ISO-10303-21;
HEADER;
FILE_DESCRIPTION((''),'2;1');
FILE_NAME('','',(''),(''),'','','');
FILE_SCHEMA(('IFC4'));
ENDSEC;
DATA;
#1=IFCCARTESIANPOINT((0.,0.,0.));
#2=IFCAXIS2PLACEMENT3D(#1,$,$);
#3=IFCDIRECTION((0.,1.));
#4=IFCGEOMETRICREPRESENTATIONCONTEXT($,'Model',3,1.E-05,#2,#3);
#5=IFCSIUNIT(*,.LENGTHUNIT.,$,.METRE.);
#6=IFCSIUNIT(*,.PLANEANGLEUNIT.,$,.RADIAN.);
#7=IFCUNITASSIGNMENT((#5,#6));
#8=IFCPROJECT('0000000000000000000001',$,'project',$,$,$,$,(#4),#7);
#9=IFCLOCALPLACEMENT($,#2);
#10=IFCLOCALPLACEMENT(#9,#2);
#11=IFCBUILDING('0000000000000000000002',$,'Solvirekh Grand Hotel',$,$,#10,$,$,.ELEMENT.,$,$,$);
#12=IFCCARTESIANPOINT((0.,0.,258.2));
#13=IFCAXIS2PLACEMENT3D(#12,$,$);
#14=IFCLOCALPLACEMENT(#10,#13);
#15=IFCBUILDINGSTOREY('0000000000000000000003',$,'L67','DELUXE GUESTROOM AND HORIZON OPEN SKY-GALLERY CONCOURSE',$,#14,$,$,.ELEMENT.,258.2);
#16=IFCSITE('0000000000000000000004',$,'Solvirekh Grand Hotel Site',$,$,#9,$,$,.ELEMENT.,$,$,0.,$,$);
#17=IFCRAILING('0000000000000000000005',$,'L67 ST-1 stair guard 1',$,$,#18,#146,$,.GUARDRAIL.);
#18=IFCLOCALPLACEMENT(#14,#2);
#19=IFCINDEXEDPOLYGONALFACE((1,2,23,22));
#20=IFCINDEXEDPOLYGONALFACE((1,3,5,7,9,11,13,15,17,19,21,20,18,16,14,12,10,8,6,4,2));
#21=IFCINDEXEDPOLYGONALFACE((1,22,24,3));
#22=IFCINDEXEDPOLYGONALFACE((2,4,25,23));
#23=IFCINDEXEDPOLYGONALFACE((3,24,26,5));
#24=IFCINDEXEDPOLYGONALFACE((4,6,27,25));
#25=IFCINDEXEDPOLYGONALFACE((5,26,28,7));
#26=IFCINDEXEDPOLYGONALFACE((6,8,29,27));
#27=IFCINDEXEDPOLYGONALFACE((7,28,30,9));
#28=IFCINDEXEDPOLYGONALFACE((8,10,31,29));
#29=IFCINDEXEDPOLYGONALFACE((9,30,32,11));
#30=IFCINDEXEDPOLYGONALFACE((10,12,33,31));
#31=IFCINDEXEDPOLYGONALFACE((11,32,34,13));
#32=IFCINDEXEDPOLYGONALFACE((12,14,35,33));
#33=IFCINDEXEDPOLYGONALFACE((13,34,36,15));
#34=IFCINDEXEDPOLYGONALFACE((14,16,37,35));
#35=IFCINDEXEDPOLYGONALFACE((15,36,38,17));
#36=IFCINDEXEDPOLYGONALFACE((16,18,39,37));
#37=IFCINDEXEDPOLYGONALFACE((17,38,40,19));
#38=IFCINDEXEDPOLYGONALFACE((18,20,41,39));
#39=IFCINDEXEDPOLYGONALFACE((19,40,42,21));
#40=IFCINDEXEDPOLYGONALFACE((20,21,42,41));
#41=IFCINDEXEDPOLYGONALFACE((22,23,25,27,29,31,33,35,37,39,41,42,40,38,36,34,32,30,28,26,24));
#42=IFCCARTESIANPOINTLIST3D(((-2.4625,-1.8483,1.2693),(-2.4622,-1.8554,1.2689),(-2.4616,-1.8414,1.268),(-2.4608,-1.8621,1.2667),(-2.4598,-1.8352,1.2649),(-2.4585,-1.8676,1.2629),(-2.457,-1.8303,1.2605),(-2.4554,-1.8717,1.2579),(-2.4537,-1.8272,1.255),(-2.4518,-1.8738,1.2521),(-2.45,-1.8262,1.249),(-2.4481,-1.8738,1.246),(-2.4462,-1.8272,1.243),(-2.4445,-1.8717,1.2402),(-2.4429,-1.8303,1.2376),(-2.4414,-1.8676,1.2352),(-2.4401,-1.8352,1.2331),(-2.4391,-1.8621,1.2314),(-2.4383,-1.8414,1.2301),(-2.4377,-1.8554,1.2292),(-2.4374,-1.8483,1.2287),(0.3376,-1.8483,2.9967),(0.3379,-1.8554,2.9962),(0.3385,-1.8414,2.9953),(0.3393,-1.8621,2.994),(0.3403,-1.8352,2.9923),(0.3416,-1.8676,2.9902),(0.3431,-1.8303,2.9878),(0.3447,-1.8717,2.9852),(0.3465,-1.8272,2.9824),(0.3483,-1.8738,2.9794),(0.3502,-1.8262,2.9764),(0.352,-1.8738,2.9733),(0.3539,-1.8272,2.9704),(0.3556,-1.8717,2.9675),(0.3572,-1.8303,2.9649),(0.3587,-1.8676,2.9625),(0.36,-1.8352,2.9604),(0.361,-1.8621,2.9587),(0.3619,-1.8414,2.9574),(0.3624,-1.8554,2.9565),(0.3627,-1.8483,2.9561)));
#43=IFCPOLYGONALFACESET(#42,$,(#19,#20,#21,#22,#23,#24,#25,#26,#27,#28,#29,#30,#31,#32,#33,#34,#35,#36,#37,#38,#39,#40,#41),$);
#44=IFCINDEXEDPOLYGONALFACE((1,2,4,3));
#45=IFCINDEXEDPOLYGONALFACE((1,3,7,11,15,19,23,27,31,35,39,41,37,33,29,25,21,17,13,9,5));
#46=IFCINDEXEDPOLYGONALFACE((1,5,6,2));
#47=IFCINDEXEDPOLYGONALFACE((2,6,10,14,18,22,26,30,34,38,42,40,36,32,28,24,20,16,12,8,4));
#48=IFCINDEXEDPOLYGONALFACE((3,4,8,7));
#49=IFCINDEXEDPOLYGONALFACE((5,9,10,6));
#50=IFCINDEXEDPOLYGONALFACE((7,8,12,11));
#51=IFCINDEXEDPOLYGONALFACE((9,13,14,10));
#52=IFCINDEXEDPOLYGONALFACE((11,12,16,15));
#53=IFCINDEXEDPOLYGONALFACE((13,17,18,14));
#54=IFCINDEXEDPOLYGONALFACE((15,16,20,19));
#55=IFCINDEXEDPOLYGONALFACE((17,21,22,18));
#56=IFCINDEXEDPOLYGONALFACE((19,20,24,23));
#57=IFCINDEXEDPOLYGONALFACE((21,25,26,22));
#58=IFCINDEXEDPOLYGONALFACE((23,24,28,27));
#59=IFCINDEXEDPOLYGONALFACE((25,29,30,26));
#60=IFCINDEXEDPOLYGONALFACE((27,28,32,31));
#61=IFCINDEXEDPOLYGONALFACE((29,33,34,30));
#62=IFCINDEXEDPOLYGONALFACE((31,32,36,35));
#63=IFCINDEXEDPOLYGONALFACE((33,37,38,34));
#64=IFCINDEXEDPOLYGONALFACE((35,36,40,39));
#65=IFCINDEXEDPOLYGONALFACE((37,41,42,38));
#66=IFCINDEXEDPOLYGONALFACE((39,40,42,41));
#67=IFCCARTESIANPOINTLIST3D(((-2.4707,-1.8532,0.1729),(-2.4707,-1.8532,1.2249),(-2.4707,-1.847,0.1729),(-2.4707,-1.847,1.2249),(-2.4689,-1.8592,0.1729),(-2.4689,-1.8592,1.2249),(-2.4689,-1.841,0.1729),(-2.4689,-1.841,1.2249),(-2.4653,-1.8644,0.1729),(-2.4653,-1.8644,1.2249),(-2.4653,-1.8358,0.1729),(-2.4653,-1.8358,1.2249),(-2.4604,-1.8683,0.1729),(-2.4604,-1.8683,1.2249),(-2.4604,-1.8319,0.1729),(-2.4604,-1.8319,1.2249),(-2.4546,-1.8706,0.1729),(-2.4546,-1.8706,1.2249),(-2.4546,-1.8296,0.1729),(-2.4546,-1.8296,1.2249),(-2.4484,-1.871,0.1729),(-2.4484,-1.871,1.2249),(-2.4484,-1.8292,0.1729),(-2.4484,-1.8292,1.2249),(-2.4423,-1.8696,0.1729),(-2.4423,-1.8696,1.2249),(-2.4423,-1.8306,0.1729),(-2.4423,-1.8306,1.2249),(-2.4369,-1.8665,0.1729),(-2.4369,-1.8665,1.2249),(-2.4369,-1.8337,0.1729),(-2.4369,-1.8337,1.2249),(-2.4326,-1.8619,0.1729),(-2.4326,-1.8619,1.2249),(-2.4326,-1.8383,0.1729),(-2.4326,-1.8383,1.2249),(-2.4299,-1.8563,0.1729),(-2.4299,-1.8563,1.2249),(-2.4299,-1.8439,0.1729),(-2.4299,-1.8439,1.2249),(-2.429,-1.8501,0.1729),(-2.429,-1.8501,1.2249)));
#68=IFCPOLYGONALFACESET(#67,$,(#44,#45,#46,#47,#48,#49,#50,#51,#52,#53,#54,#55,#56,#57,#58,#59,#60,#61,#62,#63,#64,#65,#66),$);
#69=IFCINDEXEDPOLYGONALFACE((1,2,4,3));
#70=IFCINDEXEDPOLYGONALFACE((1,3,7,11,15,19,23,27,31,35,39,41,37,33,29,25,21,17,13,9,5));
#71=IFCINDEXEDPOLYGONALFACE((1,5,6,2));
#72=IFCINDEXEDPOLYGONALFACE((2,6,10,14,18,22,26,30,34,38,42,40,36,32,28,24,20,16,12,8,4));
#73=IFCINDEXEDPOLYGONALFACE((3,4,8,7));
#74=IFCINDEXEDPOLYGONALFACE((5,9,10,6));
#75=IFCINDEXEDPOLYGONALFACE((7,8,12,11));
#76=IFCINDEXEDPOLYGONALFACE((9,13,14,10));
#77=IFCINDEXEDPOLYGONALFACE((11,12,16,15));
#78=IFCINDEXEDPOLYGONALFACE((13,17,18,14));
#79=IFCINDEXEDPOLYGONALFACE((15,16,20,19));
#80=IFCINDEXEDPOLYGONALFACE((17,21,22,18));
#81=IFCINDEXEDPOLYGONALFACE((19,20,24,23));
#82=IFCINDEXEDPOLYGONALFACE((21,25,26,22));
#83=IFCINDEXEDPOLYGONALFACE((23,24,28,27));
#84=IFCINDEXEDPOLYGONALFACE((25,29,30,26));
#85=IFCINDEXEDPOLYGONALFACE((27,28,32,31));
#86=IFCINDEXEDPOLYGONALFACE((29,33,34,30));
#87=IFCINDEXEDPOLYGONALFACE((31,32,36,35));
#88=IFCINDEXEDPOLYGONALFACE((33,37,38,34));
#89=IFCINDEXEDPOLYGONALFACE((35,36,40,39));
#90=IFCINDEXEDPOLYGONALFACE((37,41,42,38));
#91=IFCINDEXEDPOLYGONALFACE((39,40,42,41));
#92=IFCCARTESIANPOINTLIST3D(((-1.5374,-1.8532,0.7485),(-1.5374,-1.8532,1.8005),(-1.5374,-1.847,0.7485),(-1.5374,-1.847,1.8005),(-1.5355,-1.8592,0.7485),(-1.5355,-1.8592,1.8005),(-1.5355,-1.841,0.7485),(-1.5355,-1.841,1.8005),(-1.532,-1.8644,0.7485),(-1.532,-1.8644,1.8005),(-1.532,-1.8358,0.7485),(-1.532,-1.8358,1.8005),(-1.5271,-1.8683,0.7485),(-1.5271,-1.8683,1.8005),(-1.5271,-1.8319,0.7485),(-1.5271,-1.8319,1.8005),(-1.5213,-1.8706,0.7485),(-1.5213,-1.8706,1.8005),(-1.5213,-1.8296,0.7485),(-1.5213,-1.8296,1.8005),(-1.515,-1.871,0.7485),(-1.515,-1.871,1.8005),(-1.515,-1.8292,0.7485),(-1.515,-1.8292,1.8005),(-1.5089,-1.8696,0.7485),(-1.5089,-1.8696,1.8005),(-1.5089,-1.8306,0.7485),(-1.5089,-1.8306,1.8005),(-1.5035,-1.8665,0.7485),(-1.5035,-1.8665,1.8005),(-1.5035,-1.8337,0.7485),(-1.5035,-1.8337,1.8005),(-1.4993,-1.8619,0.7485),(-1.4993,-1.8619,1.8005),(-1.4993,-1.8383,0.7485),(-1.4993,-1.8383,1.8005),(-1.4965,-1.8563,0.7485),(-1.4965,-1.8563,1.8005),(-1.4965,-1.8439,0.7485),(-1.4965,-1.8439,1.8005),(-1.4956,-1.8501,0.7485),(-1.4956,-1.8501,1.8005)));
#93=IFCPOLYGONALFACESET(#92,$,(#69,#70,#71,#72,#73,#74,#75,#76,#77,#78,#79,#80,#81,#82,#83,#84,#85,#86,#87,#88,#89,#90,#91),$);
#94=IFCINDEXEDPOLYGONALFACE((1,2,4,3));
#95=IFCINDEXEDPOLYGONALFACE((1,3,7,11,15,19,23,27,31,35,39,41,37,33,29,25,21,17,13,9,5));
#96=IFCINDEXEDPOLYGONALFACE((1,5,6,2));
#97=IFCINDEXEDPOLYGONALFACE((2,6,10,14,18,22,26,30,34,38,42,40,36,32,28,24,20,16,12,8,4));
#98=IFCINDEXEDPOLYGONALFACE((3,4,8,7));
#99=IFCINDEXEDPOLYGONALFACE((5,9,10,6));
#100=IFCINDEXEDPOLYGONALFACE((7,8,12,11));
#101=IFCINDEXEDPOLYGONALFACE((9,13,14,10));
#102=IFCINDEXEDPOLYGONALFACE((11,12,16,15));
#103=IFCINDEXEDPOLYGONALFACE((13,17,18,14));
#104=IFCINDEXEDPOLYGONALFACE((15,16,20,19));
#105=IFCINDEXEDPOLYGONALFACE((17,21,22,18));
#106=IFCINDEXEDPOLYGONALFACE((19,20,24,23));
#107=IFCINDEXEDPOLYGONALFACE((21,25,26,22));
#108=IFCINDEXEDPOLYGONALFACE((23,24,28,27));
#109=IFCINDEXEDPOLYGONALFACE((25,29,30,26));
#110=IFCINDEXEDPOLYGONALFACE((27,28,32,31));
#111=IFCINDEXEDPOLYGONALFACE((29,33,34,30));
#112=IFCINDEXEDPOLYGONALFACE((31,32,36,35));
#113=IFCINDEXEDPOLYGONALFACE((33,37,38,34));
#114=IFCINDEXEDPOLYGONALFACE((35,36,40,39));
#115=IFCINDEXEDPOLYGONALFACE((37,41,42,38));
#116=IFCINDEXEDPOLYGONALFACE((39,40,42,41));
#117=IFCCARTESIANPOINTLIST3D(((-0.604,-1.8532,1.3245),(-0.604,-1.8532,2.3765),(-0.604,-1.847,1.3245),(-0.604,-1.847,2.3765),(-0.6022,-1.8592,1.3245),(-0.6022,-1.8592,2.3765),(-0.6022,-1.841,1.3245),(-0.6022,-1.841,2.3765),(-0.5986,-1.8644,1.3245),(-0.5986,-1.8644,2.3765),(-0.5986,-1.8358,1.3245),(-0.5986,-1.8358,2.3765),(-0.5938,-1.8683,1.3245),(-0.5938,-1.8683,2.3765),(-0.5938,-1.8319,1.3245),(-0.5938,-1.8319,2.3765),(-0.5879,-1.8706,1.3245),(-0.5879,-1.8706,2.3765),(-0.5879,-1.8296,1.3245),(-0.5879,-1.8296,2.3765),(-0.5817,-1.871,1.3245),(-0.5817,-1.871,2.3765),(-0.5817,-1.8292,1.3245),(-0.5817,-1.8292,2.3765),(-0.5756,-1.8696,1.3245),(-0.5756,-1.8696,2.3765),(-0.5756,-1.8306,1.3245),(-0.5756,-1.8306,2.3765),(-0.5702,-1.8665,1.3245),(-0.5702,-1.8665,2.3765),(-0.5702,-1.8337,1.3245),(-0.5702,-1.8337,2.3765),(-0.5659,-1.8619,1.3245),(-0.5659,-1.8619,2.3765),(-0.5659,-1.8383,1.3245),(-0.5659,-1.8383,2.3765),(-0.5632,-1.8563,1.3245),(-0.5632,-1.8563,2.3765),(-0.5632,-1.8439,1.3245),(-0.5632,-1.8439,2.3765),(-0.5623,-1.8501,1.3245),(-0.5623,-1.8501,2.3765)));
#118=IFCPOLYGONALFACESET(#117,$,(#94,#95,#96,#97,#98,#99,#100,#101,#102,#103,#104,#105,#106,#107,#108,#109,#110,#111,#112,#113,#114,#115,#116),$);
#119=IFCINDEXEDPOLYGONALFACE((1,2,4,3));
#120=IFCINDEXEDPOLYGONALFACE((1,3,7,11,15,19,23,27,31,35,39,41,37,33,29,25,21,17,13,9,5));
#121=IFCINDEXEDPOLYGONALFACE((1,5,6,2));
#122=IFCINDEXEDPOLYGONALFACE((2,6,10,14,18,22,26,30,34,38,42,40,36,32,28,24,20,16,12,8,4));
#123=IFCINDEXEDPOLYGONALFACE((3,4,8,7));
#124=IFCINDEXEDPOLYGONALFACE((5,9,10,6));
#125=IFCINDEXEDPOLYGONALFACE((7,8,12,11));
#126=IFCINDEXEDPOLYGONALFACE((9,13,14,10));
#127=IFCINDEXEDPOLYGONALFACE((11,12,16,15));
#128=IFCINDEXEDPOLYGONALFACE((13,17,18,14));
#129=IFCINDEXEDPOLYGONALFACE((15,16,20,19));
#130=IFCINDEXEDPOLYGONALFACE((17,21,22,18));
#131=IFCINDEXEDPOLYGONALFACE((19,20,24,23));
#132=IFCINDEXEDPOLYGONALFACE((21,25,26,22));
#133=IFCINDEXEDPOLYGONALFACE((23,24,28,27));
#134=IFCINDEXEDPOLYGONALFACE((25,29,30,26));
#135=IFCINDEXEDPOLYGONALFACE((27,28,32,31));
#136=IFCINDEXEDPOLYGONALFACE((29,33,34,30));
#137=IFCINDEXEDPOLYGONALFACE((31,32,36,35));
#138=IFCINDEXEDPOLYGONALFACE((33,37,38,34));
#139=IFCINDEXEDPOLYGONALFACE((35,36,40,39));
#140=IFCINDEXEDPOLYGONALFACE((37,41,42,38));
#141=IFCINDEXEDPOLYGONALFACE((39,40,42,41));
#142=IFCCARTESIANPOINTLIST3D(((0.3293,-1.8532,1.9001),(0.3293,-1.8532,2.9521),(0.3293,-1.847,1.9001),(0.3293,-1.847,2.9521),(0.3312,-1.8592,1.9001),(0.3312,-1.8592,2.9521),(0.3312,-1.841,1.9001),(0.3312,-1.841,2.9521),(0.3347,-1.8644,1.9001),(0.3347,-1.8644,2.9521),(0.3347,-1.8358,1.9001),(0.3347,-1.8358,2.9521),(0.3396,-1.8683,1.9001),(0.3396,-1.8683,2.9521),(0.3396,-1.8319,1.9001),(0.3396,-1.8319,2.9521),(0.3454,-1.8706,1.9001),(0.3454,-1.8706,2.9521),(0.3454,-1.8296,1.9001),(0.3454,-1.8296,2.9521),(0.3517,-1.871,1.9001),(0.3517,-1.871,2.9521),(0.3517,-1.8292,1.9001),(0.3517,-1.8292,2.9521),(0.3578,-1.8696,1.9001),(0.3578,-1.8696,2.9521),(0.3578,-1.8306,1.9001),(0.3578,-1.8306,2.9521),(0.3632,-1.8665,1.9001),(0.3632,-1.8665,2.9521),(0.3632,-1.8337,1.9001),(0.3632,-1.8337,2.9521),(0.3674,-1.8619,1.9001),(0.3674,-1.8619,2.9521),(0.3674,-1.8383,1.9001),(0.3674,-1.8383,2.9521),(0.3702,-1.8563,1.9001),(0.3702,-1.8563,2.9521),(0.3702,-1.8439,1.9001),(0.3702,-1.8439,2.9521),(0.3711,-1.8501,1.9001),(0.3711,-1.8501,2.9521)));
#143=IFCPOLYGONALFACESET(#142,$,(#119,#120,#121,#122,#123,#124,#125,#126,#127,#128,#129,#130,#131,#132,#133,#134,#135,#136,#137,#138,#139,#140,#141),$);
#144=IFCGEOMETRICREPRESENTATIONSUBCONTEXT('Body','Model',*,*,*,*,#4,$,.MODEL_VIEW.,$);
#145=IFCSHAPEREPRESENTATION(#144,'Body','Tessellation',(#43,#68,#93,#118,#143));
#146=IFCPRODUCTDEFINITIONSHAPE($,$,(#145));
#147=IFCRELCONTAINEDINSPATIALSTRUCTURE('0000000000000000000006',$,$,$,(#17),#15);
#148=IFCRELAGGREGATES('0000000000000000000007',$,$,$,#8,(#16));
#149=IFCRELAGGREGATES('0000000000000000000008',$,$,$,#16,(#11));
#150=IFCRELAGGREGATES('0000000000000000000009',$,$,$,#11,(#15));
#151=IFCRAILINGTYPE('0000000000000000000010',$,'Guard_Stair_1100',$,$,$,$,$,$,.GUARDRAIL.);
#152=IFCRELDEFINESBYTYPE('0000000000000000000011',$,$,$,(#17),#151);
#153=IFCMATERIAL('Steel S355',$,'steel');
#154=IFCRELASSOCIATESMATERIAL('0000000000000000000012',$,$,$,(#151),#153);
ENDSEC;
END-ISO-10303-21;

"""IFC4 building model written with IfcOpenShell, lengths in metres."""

from ifc_helpers import new_model, si_unit, direction, frame, origin, origin_2d, place, context, subcontext, project, spatial, circle, extrude, material, type_object, element, save


model = new_model("IFC4")

# Units and contexts
model_context = context("Model", 3, precision=1e-05, world=origin(), true_north=direction((0.0, 1.0)))
body_context = subcontext(model_context, "Body", "Model", "MODEL_VIEW")
ifc_project = project(units=[si_unit("LENGTHUNIT", "METRE"), si_unit("PLANEANGLEUNIT", "RADIAN")], contexts=[model_context])

# Site, building, storey
site_placement = place(None, origin())
site = spatial("IfcSite", under=ifc_project, at=site_placement, Name="Solvirekh Grand Hotel Site", CompositionType="ELEMENT", RefElevation=0.0)
building_placement = place(site_placement, origin())
building = spatial("IfcBuilding", under=site, at=building_placement, Name="Solvirekh Grand Hotel", CompositionType="ELEMENT")
storey_placement = place(building_placement, frame((0.0, 0.0, 258.2)))
storey = spatial("IfcBuildingStorey", under=building, at=storey_placement, Name="L67", Description="DELUXE GUESTROOM AND HORIZON OPEN SKY-GALLERY CONCOURSE", CompositionType="ELEMENT", Elevation=258.2)

# Railing
ifc_material_1 = material(Name="Steel S355", Category="steel")
railing_type_1 = type_object("IfcRailingType", Name="Guard_Stair_1100", PredefinedType="GUARDRAIL", material=ifc_material_1)
railing_1_placement = place(storey_placement, frame((-2.45, -1.8501, 0.1729)))
element("IfcRailing", 1, at=railing_1_placement, inside=storey, type_object=railing_type_1, Name="L67 ST-1 stair guard 1", PredefinedType="GUARDRAIL", context=body_context, shape_type="SweptSolid", body=[
    extrude(circle(Radius=0.0239, at=origin_2d()), frame((0.0, 0.0, 1.0762), z_axis=(0.85109, 0.0, 0.52502), x_axis=(0.0, 1.0, 0.0)), (0.0, 0.0, 1.0), 3.29),
    extrude(circle(Radius=0.021, at=origin_2d()), origin(), (0.0, 0.0, 1.0), 1.052),
    extrude(circle(Radius=0.021, at=origin_2d()), frame((0.9333, 0.0, 0.5757)), (0.0, 0.0, 1.0), 1.052),
    extrude(circle(Radius=0.021, at=origin_2d()), frame((1.8667, 0.0, 1.1516)), (0.0, 0.0, 1.0), 1.052),
    extrude(circle(Radius=0.021, at=origin_2d()), frame((2.8, 0.0, 1.7273)), (0.0, 0.0, 1.0), 1.052),
])

save(model, "model.ifc")
